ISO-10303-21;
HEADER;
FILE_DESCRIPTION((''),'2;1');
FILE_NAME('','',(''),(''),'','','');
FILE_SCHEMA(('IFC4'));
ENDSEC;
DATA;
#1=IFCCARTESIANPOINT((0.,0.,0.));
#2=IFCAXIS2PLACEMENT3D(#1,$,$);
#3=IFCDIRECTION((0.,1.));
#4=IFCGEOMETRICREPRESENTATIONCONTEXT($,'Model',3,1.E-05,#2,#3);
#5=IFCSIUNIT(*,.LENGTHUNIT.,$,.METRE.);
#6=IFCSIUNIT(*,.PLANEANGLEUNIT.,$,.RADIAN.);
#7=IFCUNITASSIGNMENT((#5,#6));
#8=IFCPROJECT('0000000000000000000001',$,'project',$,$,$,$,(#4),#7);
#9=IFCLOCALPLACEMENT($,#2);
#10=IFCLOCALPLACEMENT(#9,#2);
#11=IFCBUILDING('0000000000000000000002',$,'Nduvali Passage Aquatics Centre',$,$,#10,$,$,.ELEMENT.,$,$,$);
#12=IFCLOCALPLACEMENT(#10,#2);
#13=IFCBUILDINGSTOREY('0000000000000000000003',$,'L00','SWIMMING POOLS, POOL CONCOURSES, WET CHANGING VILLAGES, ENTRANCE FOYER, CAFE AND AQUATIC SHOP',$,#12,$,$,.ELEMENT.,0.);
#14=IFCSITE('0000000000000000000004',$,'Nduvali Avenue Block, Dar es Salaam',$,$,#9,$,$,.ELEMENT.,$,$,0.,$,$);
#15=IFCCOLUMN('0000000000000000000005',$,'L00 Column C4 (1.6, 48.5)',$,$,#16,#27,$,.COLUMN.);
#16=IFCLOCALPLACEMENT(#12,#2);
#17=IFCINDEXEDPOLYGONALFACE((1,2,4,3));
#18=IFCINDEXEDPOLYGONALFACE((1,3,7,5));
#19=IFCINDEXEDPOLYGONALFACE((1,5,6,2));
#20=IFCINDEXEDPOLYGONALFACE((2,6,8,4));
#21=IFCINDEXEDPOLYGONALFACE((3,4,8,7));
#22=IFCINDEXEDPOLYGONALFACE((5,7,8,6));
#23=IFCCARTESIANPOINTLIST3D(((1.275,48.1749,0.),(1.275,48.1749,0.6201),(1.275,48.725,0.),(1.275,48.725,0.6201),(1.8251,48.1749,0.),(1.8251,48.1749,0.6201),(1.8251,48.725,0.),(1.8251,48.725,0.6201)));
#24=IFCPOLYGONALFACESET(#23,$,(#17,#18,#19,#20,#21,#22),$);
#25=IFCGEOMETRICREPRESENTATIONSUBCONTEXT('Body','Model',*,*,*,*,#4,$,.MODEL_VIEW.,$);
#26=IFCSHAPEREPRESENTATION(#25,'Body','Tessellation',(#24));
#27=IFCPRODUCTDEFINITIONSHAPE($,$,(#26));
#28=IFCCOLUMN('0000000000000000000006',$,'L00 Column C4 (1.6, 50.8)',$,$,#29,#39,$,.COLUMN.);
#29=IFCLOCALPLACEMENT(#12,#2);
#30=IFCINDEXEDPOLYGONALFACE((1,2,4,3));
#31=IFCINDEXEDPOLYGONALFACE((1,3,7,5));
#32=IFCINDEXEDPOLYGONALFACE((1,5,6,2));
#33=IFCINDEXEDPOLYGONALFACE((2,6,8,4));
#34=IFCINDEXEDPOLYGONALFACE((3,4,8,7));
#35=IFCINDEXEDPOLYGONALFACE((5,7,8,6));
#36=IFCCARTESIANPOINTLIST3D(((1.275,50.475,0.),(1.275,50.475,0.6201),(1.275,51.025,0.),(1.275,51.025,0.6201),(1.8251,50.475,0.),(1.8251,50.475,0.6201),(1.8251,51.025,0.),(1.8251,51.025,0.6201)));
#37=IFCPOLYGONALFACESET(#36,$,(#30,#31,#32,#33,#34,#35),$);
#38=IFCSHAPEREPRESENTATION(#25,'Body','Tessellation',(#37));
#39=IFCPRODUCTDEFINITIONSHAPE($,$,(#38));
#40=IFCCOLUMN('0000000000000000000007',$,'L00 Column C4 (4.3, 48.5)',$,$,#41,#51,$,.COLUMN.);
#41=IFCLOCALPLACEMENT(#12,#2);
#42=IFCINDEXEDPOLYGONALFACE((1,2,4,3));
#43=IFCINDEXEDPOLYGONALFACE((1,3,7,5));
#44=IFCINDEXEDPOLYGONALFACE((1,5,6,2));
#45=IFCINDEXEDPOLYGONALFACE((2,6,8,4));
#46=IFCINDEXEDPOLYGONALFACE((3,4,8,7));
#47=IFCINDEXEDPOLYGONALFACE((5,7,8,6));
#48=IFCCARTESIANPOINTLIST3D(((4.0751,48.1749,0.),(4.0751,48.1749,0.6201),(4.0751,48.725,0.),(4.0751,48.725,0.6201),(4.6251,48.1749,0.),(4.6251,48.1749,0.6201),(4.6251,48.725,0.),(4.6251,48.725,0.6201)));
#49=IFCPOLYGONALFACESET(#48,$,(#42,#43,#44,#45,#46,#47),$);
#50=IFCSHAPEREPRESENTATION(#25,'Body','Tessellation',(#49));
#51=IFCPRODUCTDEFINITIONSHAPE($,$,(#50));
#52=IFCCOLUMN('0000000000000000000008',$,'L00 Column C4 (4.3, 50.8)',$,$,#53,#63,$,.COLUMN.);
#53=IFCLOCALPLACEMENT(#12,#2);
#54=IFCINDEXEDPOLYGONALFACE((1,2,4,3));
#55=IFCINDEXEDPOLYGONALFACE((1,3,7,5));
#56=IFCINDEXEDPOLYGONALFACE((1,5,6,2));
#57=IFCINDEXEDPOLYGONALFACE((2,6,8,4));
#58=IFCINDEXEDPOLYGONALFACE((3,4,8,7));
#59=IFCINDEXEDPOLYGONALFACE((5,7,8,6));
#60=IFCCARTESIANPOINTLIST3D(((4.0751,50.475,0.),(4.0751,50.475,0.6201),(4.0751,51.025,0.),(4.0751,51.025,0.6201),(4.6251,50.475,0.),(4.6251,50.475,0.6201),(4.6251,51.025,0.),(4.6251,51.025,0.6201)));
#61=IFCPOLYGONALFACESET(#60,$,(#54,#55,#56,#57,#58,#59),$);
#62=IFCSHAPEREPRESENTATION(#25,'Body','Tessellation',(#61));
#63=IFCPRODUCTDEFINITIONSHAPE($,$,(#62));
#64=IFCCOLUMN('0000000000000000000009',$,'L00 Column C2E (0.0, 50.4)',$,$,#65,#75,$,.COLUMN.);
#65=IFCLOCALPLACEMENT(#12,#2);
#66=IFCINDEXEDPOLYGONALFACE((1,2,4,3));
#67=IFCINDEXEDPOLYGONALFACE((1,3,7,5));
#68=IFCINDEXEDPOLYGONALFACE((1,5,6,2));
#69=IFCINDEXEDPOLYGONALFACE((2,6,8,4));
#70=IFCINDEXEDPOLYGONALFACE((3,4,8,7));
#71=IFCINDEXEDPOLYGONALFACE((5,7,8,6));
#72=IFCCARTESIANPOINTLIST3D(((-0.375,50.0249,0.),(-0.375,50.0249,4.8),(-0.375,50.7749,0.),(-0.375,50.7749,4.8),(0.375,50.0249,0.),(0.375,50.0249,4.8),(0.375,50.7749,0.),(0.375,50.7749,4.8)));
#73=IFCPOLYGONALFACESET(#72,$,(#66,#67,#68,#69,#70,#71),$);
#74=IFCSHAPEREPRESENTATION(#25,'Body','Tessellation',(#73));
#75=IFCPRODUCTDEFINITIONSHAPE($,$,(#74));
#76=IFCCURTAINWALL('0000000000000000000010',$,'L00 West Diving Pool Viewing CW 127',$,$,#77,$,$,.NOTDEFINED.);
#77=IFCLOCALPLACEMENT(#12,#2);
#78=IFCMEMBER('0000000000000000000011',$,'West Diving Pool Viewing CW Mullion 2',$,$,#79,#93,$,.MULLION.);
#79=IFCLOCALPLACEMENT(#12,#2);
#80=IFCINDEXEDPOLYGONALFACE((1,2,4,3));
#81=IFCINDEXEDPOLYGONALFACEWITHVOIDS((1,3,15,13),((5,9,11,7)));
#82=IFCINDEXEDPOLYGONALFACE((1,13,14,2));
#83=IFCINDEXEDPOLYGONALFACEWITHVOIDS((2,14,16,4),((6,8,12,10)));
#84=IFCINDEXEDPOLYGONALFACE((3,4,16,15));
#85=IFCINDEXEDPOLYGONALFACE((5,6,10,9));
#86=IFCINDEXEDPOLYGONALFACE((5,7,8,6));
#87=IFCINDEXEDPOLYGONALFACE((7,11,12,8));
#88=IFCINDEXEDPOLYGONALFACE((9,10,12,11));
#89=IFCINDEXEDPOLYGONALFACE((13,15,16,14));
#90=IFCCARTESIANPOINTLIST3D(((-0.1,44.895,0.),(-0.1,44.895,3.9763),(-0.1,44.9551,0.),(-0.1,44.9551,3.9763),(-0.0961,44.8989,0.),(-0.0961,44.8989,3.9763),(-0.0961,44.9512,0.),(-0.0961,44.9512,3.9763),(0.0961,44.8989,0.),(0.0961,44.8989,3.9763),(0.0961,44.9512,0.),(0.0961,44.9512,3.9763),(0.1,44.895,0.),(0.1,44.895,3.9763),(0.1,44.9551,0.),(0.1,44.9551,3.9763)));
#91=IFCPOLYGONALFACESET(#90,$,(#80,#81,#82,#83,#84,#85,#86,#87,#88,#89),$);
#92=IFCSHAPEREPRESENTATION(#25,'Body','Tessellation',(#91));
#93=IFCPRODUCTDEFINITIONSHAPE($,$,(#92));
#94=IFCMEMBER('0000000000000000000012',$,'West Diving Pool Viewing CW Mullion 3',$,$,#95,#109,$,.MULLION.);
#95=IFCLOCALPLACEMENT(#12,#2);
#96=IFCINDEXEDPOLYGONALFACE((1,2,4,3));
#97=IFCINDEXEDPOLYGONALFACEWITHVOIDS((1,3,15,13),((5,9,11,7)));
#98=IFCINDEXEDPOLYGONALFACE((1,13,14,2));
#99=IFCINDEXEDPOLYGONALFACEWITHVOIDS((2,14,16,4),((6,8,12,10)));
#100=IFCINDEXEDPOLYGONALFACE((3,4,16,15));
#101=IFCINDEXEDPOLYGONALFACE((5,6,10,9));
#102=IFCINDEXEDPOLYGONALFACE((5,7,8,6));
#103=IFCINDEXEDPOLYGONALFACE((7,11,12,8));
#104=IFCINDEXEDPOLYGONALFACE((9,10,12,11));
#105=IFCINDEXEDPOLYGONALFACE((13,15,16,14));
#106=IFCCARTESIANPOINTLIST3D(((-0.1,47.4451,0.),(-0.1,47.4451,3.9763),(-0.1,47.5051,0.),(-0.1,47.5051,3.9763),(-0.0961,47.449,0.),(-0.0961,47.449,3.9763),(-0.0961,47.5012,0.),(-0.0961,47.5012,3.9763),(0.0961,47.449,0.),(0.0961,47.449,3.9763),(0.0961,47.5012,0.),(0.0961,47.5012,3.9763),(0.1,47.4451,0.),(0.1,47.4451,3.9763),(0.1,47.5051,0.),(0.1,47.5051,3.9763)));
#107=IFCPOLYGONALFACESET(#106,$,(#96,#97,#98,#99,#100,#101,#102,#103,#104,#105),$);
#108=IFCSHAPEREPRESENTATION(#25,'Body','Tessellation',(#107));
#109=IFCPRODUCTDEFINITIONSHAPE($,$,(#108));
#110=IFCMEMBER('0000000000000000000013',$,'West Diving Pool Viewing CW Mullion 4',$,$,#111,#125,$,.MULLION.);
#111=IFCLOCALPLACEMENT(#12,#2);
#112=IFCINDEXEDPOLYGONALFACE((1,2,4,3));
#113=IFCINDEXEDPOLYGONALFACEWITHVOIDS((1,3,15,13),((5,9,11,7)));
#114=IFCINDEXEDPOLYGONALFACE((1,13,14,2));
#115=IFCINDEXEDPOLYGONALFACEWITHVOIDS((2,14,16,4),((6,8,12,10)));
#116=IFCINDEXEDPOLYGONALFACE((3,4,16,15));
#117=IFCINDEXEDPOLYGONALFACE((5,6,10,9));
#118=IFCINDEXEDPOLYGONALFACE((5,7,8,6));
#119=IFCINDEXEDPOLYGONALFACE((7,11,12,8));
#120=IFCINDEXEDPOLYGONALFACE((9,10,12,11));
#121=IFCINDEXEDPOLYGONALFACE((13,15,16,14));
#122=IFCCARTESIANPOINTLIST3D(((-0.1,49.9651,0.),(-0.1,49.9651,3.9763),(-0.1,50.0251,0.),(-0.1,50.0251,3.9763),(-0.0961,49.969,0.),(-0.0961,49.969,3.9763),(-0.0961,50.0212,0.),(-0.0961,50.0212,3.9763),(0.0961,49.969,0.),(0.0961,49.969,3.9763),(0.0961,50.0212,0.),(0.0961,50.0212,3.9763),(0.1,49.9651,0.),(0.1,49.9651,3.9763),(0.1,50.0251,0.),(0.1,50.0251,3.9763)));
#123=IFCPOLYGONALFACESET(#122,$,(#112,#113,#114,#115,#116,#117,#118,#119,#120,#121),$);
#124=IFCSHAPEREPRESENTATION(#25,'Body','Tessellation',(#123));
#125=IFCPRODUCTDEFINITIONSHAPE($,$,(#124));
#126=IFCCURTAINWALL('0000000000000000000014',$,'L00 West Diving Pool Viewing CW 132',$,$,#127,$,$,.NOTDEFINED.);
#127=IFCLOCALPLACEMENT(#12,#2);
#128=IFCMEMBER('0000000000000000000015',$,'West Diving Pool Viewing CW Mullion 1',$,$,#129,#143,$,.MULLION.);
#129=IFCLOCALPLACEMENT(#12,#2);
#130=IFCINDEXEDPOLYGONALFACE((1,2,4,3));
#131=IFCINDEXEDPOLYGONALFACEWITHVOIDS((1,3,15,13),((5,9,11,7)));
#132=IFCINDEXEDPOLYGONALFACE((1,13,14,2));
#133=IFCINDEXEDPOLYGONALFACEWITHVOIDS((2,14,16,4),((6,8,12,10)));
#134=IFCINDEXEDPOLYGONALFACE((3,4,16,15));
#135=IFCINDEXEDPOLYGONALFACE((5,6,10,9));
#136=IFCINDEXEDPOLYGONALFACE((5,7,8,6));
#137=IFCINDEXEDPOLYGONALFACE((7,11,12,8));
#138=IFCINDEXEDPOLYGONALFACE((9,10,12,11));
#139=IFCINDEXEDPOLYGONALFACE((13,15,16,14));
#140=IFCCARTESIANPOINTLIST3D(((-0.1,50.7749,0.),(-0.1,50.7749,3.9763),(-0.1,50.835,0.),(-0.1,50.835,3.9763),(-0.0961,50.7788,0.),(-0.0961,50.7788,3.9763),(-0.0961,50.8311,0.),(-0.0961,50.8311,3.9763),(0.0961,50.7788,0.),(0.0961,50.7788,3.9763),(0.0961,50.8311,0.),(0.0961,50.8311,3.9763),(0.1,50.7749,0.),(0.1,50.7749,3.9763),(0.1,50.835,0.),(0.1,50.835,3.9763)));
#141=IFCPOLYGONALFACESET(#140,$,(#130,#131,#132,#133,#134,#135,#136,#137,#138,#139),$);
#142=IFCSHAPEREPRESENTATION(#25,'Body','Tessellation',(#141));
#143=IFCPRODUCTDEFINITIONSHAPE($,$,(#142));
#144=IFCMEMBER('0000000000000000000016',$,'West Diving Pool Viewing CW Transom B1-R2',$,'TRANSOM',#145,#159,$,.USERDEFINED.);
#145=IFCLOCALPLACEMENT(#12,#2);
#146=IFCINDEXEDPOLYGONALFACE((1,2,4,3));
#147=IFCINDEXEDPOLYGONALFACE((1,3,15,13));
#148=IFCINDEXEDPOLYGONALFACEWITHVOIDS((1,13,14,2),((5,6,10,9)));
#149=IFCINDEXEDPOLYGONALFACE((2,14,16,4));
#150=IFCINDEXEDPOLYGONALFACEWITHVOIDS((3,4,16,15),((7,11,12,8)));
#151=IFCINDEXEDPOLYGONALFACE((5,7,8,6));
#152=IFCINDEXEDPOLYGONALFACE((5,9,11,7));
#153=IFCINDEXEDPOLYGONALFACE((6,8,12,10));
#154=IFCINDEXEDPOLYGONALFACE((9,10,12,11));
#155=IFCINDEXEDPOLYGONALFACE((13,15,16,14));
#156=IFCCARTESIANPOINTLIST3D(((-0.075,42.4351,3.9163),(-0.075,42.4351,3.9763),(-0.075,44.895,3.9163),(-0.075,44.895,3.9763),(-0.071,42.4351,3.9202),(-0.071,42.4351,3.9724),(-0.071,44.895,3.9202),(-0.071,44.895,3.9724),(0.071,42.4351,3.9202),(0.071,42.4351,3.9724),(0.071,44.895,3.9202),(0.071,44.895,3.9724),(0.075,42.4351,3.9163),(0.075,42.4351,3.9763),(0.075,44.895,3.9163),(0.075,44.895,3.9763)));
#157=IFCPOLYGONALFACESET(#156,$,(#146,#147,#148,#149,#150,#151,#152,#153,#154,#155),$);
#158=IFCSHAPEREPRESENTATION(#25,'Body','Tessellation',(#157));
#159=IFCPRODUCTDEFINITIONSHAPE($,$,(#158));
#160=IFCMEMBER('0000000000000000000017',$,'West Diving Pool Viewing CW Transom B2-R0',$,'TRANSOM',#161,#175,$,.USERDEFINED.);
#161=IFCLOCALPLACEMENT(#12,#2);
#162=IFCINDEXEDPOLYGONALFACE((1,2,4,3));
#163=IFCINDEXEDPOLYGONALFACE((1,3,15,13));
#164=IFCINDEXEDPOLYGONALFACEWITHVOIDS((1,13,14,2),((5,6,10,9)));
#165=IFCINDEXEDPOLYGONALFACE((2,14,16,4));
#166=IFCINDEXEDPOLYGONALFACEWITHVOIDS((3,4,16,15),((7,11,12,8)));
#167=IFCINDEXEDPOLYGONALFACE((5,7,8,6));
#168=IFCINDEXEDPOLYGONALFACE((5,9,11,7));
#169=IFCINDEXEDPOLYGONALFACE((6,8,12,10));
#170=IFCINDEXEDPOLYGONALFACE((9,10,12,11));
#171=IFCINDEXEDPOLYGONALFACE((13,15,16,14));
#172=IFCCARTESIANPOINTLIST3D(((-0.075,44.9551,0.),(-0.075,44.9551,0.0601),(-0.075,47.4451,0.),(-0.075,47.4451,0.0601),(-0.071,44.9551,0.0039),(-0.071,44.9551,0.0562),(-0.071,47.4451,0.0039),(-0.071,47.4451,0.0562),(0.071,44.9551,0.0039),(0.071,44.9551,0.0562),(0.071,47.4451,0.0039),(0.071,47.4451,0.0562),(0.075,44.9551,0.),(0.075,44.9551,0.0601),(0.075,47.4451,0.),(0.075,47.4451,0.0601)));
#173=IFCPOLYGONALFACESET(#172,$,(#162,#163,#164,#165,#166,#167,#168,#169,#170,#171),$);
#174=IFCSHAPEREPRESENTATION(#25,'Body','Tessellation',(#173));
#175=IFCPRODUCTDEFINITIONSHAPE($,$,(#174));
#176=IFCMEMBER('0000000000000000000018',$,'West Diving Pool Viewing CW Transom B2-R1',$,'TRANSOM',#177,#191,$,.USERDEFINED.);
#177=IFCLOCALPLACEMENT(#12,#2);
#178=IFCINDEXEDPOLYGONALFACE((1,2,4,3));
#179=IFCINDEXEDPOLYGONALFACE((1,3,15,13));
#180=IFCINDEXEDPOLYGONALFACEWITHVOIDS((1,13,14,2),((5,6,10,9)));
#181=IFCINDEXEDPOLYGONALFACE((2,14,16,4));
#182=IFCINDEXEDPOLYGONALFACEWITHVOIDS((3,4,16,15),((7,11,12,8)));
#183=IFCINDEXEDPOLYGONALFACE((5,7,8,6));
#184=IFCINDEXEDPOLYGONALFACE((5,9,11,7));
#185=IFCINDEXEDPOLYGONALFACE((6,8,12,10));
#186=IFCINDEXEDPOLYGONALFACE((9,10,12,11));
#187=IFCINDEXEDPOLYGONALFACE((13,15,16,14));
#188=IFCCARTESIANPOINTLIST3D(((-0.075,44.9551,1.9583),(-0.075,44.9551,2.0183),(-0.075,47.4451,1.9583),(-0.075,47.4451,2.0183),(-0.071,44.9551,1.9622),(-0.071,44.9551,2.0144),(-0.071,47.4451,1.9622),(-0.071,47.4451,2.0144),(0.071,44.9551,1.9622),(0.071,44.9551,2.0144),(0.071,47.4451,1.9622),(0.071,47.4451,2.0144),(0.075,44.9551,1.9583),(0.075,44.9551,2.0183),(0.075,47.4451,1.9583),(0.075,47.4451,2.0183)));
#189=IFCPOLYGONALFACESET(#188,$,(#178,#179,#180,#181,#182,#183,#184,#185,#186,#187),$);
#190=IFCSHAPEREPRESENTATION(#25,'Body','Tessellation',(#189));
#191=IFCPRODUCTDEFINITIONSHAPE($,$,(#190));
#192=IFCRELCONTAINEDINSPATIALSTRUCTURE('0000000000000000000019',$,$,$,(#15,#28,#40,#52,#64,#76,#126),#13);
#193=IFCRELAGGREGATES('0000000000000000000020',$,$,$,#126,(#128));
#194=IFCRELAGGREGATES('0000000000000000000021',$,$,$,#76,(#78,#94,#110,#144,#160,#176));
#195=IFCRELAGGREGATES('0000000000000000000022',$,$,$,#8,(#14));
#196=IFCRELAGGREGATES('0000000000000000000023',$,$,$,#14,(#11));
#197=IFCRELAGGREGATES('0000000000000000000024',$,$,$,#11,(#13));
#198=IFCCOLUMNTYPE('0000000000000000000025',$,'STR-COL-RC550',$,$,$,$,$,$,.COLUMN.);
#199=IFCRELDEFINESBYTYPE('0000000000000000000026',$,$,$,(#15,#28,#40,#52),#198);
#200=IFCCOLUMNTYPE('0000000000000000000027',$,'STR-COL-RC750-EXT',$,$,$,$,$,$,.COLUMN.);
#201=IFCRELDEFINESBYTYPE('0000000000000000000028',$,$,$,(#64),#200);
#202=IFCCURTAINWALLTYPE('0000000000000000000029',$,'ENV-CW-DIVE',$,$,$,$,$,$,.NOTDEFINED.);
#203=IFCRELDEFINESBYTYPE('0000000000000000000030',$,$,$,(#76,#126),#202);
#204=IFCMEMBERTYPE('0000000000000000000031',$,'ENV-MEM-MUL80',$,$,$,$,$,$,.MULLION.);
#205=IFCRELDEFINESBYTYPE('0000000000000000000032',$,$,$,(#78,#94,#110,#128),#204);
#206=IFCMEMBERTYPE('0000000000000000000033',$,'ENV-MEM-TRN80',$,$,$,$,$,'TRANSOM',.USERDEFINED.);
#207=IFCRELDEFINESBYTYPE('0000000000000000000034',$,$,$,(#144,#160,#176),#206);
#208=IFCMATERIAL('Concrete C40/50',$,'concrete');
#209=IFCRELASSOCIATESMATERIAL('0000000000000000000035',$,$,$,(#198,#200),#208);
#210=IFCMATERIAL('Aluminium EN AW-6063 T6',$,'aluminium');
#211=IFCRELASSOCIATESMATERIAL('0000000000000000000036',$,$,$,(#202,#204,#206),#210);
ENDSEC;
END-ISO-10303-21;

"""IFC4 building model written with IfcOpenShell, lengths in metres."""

from ifc_helpers import new_model, si_unit, direction, frame, origin, origin_2d, place, context, subcontext, project, spatial, rectangle, hollow_rectangle, extrude, material, material_profile, profile_set, type_object, element, aggregate, save


model = new_model("IFC4")

# Units and contexts
model_context = context("Model", 3, precision=1e-05, world=origin(), true_north=direction((0.0, 1.0)))
body_context = subcontext(model_context, "Body", "Model", "MODEL_VIEW")
ifc_project = project(units=[si_unit("LENGTHUNIT", "METRE"), si_unit("PLANEANGLEUNIT", "RADIAN")], contexts=[model_context])

# Site, building, storey
site_placement = place(None, origin())
site = spatial("IfcSite", under=ifc_project, at=site_placement, Name="Nduvali Avenue Block, Dar es Salaam", CompositionType="ELEMENT", RefElevation=0.0)
building_placement = place(site_placement, origin())
building = spatial("IfcBuilding", under=site, at=building_placement, Name="Nduvali Passage Aquatics Centre", CompositionType="ELEMENT")
storey_placement = place(building_placement, origin())
storey = spatial("IfcBuildingStorey", under=building, at=storey_placement, Name="L00", Description="SWIMMING POOLS, POOL CONCOURSES, WET CHANGING VILLAGES, ENTRANCE FOYER, CAFE AND AQUATIC SHOP", CompositionType="ELEMENT", Elevation=0.0)

# Columns
ifc_material_1 = material(Name="Concrete C40/50", Category="concrete")
ifc_material_profile_1 = material_profile(ifc_material_1, rectangle(XDim=0.55, YDim=0.55, at=origin_2d()), Name="RC 550x550")
ifc_profile_set_1 = profile_set([ifc_material_profile_1], Name="Concrete C40/50")
column_type_1 = type_object("IfcColumnType", Name="STR-COL-RC550", PredefinedType="COLUMN", material=ifc_profile_set_1)
for number, where, z_axis, x_axis, name in (
    (1, (1.55, 48.45, 0.0), (0.0, 0.0, 1.0), (1.0, 0.0, 0.0), "L00 Column C4 (1.6, 48.5)"),
    (2, (1.55, 50.75, 0.0), (0.0, 0.0, 1.0), (1.0, 0.0, 0.0), "L00 Column C4 (1.6, 50.8)"),
    (3, (4.3501, 48.45, 0.0), (0.0, 0.0, 1.0), (1.0, 0.0, 0.0), "L00 Column C4 (4.3, 48.5)"),
    (4, (4.3501, 50.75, 0.0), (0.0, 0.0, 1.0), (1.0, 0.0, 0.0), "L00 Column C4 (4.3, 50.8)"),
):
    element("IfcColumn", number, at=place(storey_placement, frame(where, z_axis=z_axis, x_axis=x_axis)), inside=storey, type_object=column_type_1, Name=name, PredefinedType="COLUMN", context=body_context, shape_type="SweptSolid", body=[
        extrude(rectangle(XDim=0.55, YDim=0.55, at=origin_2d()), origin(), (0.0, 0.0, 1.0), 0.6201),
    ])
ifc_material_profile_2 = material_profile(ifc_material_1, rectangle(XDim=0.75, YDim=0.75, at=origin_2d()), Name="RC 750x750")
ifc_profile_set_2 = profile_set([ifc_material_profile_2], Name="Concrete C40/50")
column_type_2 = type_object("IfcColumnType", Name="STR-COL-RC750-EXT", PredefinedType="COLUMN", material=ifc_profile_set_2)
column_placement = place(storey_placement, frame((0.0, 50.3999, 0.0), z_axis=(0.0, 0.0, 1.0), x_axis=(1.0, 0.0, 0.0)))
element("IfcColumn", 5, at=column_placement, inside=storey, type_object=column_type_2, Name="L00 Column C2E (0.0, 50.4)", PredefinedType="COLUMN", context=body_context, shape_type="SweptSolid", body=[
    extrude(rectangle(XDim=0.75, YDim=0.75, at=origin_2d()), origin(), (0.0, 0.0, 1.0), 4.8),
])

# Curtain wall, members
ifc_material_2 = material(Name="Aluminium EN AW-6063 T6", Category="aluminium")
curtain_wall_type = type_object("IfcCurtainWallType", Name="ENV-CW-DIVE", PredefinedType="NOTDEFINED", material=ifc_material_2)
curtain_wall_1_placement = place(storey_placement, origin())
curtain_wall_1 = element("IfcCurtainWall", 6, at=curtain_wall_1_placement, inside=storey, type_object=curtain_wall_type, Name="L00 West Diving Pool Viewing CW 127", PredefinedType="NOTDEFINED")
ifc_material_profile_3 = material_profile(ifc_material_2, hollow_rectangle(XDim=0.0601, YDim=0.2, WallThickness=0.0039, at=origin_2d()), Name="ALU MULLION 60x200x4")
ifc_profile_set_3 = profile_set([ifc_material_profile_3], Name="Aluminium EN AW-6063 T6")
member_type_1 = type_object("IfcMemberType", Name="ENV-MEM-MUL80", PredefinedType="MULLION", material=ifc_profile_set_3)
member_1_placement = place(storey_placement, frame((0.0, 44.925, 0.0), z_axis=(0.0, 0.0, 1.0), x_axis=(0.0, 1.0, 0.0)))
member_1 = element("IfcMember", 7, at=member_1_placement, type_object=member_type_1, Name="West Diving Pool Viewing CW Mullion 2", PredefinedType="MULLION", context=body_context, shape_type="SweptSolid", body=[
    extrude(hollow_rectangle(XDim=0.0601, YDim=0.2, WallThickness=0.0039, at=origin_2d()), origin(), (0.0, 0.0, 1.0), 3.9763),
])
member_2_placement = place(storey_placement, frame((0.0, 47.4751, 0.0), z_axis=(0.0, 0.0, 1.0), x_axis=(0.0, 1.0, 0.0)))
member_2 = element("IfcMember", 8, at=member_2_placement, type_object=member_type_1, Name="West Diving Pool Viewing CW Mullion 3", PredefinedType="MULLION", context=body_context, shape_type="SweptSolid", body=[
    extrude(hollow_rectangle(XDim=0.0601, YDim=0.2, WallThickness=0.0039, at=origin_2d()), origin(), (0.0, 0.0, 1.0), 3.9763),
])
member_3_placement = place(storey_placement, frame((0.0, 49.9951, 0.0), z_axis=(0.0, 0.0, 1.0), x_axis=(0.0, 1.0, 0.0)))
member_3 = element("IfcMember", 9, at=member_3_placement, type_object=member_type_1, Name="West Diving Pool Viewing CW Mullion 4", PredefinedType="MULLION", context=body_context, shape_type="SweptSolid", body=[
    extrude(hollow_rectangle(XDim=0.0601, YDim=0.2, WallThickness=0.0039, at=origin_2d()), origin(), (0.0, 0.0, 1.0), 3.9763),
])

# Curtain wall, member
curtain_wall_2_placement = place(storey_placement, origin())
curtain_wall_2 = element("IfcCurtainWall", 10, at=curtain_wall_2_placement, inside=storey, type_object=curtain_wall_type, Name="L00 West Diving Pool Viewing CW 132", PredefinedType="NOTDEFINED")
member_4_placement = place(storey_placement, frame((0.0, 50.8049, 0.0), z_axis=(0.0, 0.0, 1.0), x_axis=(0.0, 1.0, 0.0)))
member_4 = element("IfcMember", 11, at=member_4_placement, type_object=member_type_1, Name="West Diving Pool Viewing CW Mullion 1", PredefinedType="MULLION", context=body_context, shape_type="SweptSolid", body=[
    extrude(hollow_rectangle(XDim=0.0601, YDim=0.2, WallThickness=0.0039, at=origin_2d()), origin(), (0.0, 0.0, 1.0), 3.9763),
])

# Members
ifc_material_profile_4 = material_profile(ifc_material_2, hollow_rectangle(XDim=0.1499, YDim=0.0601, WallThickness=0.0039, at=origin_2d()), Name="ALU TRANSOM 150x60x4")
ifc_profile_set_4 = profile_set([ifc_material_profile_4], Name="Aluminium EN AW-6063 T6")
member_type_2 = type_object("IfcMemberType", Name="ENV-MEM-TRN80", ElementType="TRANSOM", PredefinedType="USERDEFINED", material=ifc_profile_set_4)
member_5_placement = place(storey_placement, frame((0.0, 42.4351, 3.9463), z_axis=(0.0, 1.0, 0.0), x_axis=(-1.0, 0.0, 0.0)))
member_5 = element("IfcMember", 12, at=member_5_placement, type_object=member_type_2, Name="West Diving Pool Viewing CW Transom B1-R2", ObjectType="TRANSOM", PredefinedType="USERDEFINED", context=body_context, shape_type="SweptSolid", body=[
    extrude(hollow_rectangle(XDim=0.1499, YDim=0.0601, WallThickness=0.0039, at=origin_2d()), origin(), (0.0, 0.0, 1.0), 2.46),
])
member_6_placement = place(storey_placement, frame((0.0, 44.9551, 0.03), z_axis=(0.0, 1.0, 0.0), x_axis=(-1.0, 0.0, 0.0)))
member_6 = element("IfcMember", 13, at=member_6_placement, type_object=member_type_2, Name="West Diving Pool Viewing CW Transom B2-R0", ObjectType="TRANSOM", PredefinedType="USERDEFINED", context=body_context, shape_type="SweptSolid", body=[
    extrude(hollow_rectangle(XDim=0.1499, YDim=0.0601, WallThickness=0.0039, at=origin_2d()), origin(), (0.0, 0.0, 1.0), 2.49),
])
member_7_placement = place(storey_placement, frame((0.0, 44.9551, 1.9883), z_axis=(0.0, 1.0, 0.0), x_axis=(-1.0, 0.0, 0.0)))
member_7 = element("IfcMember", 14, at=member_7_placement, type_object=member_type_2, Name="West Diving Pool Viewing CW Transom B2-R1", ObjectType="TRANSOM", PredefinedType="USERDEFINED", context=body_context, shape_type="SweptSolid", body=[
    extrude(hollow_rectangle(XDim=0.1499, YDim=0.0601, WallThickness=0.0039, at=origin_2d()), origin(), (0.0, 0.0, 1.0), 2.49),
])
aggregate(curtain_wall_2, [member_4])

aggregate(curtain_wall_1, [member_1, member_2, member_3, member_5, member_6, member_7])

save(model, "model.ifc")
